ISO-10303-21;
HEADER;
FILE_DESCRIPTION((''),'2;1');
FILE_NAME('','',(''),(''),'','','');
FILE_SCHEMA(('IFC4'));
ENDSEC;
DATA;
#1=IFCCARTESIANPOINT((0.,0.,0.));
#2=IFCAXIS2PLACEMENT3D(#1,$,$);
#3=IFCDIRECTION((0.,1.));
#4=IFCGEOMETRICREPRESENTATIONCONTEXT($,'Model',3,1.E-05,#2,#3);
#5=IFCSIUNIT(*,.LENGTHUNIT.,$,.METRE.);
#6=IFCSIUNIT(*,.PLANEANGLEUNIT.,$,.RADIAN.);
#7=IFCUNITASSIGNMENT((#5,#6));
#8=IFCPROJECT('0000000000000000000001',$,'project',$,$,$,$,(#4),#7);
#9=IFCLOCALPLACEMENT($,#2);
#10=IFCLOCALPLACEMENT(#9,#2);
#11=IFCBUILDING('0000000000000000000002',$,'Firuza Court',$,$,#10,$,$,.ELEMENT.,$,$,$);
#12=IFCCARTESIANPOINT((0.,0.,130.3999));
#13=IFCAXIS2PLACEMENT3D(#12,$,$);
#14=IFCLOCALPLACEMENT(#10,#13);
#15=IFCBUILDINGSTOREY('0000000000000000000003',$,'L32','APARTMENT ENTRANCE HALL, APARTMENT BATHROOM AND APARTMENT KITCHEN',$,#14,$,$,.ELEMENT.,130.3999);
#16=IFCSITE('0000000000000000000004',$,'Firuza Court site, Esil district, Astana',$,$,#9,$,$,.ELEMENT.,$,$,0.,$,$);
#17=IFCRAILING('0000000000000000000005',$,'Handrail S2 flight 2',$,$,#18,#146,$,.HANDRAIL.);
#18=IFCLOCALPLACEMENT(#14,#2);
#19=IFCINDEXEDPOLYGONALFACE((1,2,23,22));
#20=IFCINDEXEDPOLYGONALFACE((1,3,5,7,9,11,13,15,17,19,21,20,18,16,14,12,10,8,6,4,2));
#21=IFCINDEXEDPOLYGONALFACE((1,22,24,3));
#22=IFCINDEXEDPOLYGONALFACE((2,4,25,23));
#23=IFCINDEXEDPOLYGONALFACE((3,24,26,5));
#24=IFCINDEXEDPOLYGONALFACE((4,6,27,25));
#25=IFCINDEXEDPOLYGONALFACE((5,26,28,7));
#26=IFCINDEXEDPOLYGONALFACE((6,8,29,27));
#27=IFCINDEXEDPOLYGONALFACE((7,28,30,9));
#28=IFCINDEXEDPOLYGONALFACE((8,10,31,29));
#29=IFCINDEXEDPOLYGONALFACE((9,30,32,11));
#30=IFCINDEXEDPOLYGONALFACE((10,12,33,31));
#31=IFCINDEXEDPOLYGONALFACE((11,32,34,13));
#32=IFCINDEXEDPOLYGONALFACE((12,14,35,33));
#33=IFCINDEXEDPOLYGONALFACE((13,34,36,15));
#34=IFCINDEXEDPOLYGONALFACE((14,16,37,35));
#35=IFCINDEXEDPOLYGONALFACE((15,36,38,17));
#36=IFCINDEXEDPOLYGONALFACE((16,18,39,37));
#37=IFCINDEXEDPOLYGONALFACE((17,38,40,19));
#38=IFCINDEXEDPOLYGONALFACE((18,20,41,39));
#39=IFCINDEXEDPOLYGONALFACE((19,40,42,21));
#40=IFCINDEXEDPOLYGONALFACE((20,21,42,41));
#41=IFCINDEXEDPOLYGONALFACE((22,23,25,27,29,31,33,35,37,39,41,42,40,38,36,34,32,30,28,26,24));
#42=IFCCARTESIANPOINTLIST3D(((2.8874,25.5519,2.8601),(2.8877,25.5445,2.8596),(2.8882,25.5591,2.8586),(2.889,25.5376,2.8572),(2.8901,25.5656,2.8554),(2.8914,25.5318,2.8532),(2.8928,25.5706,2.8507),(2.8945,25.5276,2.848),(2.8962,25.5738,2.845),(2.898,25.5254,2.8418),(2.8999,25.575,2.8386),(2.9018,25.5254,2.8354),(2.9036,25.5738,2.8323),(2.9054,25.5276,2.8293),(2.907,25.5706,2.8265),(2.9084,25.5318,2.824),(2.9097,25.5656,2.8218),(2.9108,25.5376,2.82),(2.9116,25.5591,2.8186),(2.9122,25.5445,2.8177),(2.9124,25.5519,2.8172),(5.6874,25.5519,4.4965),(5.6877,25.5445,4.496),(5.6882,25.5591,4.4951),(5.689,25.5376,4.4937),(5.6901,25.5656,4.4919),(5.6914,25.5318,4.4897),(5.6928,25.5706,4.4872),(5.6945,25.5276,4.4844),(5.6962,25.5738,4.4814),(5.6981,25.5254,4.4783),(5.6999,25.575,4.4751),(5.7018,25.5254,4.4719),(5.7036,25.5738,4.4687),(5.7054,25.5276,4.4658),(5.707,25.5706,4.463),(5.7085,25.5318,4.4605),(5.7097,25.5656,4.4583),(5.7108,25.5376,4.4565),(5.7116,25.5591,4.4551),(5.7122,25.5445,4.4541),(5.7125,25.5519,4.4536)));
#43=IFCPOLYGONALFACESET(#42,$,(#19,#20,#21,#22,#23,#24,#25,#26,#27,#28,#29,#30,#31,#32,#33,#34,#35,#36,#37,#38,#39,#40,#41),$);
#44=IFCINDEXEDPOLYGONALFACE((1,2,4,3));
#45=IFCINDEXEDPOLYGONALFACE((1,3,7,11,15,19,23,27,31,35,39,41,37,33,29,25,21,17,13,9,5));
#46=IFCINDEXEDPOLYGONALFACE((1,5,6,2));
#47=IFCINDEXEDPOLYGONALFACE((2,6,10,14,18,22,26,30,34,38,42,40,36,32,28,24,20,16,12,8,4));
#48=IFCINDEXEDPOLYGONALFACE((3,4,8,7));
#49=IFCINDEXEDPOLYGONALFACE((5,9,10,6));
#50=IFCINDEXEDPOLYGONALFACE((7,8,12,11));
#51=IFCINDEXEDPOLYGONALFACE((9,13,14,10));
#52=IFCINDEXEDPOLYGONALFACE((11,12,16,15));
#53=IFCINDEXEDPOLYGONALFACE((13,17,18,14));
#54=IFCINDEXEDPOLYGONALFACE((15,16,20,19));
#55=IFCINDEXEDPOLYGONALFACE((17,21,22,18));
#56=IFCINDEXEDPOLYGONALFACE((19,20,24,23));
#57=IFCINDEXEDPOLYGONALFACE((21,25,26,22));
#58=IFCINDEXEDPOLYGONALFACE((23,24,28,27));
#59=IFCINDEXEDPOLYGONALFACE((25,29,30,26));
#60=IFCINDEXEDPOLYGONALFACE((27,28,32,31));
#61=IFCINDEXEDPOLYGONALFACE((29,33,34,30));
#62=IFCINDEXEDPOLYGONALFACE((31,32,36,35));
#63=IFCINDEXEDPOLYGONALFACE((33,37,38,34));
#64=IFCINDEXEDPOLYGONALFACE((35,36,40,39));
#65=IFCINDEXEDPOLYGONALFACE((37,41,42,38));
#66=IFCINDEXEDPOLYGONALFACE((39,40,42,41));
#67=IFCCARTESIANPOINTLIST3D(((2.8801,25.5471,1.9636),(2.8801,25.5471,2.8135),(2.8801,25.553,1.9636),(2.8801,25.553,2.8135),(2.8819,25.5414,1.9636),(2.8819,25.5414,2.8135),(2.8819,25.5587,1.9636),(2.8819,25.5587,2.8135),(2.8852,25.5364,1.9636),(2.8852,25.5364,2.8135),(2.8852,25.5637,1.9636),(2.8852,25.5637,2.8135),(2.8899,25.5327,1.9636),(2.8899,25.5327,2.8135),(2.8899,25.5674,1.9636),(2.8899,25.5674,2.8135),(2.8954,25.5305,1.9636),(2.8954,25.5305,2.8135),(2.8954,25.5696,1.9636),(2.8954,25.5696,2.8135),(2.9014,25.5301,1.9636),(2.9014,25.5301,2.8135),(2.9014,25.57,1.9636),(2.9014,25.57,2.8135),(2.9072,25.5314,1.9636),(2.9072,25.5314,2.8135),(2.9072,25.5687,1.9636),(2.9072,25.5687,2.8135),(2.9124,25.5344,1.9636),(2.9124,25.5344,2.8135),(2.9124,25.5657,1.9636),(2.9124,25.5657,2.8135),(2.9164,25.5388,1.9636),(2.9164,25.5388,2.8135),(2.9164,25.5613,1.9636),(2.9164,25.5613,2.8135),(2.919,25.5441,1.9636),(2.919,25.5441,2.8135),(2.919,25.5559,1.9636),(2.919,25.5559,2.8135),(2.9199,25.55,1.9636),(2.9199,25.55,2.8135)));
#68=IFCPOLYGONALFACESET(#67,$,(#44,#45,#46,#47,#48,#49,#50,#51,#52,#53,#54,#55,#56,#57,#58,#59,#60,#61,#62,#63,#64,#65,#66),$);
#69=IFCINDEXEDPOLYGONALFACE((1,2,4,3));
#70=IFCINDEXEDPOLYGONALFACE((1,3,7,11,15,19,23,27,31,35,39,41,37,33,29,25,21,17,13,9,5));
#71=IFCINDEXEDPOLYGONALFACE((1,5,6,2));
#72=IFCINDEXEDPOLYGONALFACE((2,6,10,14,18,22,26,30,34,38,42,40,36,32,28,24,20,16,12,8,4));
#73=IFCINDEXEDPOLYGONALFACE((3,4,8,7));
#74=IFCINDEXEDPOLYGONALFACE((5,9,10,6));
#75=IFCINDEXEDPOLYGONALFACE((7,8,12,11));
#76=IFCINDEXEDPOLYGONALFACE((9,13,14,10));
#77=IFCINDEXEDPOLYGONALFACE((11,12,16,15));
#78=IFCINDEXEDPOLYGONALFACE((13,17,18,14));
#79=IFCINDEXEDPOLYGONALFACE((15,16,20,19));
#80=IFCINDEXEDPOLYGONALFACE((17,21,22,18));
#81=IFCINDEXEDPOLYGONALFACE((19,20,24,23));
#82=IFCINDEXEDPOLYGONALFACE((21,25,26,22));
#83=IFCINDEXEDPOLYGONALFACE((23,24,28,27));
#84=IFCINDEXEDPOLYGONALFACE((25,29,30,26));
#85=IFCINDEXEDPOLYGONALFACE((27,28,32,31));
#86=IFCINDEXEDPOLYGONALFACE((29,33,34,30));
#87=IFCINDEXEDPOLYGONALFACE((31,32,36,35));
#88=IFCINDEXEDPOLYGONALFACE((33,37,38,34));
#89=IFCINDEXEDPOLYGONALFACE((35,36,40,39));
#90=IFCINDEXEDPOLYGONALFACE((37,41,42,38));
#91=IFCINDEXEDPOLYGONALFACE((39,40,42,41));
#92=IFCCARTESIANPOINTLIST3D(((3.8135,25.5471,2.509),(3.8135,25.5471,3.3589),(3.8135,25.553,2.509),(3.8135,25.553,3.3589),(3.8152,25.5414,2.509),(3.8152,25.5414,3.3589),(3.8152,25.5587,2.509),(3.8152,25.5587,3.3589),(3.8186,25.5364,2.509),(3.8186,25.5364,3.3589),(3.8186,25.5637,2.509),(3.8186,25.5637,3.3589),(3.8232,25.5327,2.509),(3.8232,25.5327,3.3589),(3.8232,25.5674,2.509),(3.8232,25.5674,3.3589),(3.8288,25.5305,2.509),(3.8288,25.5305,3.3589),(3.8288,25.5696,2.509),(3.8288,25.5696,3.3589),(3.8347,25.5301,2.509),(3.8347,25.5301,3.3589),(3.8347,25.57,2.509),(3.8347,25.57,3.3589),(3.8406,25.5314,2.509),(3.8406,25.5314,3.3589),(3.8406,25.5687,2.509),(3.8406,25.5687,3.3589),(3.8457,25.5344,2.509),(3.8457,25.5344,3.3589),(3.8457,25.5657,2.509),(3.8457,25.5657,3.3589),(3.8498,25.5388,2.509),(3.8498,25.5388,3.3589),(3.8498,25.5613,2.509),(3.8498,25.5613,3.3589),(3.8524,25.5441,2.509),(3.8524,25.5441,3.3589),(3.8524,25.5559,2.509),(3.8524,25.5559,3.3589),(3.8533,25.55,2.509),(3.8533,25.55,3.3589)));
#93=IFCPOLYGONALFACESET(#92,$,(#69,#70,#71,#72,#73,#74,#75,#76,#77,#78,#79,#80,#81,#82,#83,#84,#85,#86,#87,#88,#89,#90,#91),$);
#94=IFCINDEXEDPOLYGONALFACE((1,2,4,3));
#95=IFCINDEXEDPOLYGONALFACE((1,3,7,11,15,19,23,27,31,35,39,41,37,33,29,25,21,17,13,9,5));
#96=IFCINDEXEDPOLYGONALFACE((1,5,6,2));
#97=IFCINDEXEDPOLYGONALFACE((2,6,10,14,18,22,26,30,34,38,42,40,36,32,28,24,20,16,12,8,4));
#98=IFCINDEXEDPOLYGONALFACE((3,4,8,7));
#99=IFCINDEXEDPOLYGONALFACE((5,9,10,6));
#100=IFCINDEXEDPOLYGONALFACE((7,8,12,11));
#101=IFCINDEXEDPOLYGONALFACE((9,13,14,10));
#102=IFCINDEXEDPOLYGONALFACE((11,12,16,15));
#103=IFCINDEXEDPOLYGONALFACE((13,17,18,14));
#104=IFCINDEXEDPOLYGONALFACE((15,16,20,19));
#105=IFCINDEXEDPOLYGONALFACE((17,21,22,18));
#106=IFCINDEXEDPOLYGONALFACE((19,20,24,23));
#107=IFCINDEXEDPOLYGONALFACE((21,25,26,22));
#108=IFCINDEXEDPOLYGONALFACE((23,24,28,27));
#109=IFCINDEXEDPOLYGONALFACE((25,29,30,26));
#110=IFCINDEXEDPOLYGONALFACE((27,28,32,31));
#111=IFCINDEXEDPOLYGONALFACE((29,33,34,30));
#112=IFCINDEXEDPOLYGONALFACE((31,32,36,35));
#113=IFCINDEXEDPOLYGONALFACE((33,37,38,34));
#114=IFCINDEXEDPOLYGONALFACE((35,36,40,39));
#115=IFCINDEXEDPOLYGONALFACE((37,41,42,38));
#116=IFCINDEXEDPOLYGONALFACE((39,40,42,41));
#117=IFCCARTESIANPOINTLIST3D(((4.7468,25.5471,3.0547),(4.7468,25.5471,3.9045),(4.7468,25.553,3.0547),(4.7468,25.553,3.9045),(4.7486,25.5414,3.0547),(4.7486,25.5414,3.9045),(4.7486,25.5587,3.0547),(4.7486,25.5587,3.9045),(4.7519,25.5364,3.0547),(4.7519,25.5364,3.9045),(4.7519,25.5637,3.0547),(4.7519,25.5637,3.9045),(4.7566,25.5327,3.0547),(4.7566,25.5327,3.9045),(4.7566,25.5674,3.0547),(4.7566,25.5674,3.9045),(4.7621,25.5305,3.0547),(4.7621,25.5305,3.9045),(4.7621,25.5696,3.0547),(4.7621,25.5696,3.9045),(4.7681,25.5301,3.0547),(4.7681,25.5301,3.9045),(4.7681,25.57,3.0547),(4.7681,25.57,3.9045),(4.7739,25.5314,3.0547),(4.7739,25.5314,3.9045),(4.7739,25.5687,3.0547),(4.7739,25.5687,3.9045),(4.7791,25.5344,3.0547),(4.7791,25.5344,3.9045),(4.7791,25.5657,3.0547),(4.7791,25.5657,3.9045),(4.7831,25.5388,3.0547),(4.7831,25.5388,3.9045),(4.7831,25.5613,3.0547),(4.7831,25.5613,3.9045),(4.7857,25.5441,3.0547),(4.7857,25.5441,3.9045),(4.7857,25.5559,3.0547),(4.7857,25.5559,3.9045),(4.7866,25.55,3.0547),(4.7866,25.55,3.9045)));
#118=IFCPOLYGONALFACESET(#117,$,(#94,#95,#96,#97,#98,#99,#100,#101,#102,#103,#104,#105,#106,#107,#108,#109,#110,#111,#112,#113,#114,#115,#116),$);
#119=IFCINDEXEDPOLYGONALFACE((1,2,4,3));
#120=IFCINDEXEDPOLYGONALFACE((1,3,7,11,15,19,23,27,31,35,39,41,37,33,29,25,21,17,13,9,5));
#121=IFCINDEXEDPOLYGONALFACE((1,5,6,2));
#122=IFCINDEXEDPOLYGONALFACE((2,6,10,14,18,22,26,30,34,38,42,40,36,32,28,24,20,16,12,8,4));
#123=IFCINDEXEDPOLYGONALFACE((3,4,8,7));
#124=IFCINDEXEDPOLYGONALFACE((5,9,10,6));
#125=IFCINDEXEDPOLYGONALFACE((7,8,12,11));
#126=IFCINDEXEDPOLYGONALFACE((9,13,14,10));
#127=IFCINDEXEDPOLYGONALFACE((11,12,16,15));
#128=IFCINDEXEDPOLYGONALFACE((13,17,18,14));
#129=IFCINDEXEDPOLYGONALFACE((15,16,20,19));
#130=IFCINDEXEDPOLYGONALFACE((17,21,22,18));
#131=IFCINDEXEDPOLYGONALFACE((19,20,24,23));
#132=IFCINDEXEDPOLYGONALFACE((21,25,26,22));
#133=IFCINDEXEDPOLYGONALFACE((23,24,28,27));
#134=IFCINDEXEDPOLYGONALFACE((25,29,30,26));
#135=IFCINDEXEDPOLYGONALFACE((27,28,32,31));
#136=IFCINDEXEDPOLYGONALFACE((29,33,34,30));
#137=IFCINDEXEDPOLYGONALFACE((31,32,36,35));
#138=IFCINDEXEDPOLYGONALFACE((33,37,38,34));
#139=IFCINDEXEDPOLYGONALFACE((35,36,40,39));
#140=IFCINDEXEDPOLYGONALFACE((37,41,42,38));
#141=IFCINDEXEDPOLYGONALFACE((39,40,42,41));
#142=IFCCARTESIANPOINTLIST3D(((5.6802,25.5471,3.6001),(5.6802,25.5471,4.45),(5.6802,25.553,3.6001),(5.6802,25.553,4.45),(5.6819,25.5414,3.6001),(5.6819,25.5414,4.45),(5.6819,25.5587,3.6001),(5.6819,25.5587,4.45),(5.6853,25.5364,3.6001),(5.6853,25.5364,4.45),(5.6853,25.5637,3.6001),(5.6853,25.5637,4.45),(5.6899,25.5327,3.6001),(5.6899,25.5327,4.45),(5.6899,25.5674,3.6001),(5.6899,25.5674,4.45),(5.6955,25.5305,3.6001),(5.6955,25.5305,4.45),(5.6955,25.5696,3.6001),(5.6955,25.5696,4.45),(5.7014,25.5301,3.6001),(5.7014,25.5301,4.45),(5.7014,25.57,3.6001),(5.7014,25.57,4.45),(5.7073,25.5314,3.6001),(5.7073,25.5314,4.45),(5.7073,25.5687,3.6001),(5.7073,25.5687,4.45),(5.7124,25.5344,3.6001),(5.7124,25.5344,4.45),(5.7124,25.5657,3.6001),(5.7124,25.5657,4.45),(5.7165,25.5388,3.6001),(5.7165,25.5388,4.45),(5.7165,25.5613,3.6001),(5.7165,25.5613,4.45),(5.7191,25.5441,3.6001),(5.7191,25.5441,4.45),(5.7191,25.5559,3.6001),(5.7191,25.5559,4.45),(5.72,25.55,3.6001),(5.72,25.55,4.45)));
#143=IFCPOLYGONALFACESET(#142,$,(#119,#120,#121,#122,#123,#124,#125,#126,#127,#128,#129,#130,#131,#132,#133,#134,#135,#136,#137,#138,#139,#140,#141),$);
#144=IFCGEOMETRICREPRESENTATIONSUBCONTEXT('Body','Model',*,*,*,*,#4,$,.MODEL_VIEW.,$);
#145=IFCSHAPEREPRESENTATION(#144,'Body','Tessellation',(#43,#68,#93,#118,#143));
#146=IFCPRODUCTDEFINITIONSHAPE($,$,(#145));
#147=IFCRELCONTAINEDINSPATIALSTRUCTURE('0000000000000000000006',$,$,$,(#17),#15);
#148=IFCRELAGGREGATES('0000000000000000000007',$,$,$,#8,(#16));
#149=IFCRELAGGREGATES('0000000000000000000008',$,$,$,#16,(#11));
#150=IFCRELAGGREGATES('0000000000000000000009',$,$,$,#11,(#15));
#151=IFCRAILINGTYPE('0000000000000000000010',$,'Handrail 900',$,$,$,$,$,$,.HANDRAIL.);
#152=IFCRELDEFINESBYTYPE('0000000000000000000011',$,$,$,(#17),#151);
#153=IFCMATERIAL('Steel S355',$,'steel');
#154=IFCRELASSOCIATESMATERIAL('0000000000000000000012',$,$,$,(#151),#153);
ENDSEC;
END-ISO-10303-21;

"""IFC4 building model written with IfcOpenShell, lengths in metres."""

from ifc_helpers import new_model, si_unit, direction, frame, origin, origin_2d, place, context, subcontext, project, spatial, circle, extrude, material, type_object, element, save


model = new_model("IFC4")

# Units and contexts
model_context = context("Model", 3, precision=1e-05, world=origin(), true_north=direction((0.0, 1.0)))
body_context = subcontext(model_context, "Body", "Model", "MODEL_VIEW")
ifc_project = project(units=[si_unit("LENGTHUNIT", "METRE"), si_unit("PLANEANGLEUNIT", "RADIAN")], contexts=[model_context])

# Site, building, storey
site_placement = place(None, origin())
site = spatial("IfcSite", under=ifc_project, at=site_placement, Name="Firuza Court site, Esil district, Astana", CompositionType="ELEMENT", RefElevation=0.0)
building_placement = place(site_placement, origin())
building = spatial("IfcBuilding", under=site, at=building_placement, Name="Firuza Court", CompositionType="ELEMENT")
storey_placement = place(building_placement, frame((0.0, 0.0, 130.3999)))
storey = spatial("IfcBuildingStorey", under=building, at=storey_placement, Name="L32", Description="APARTMENT ENTRANCE HALL, APARTMENT BATHROOM AND APARTMENT KITCHEN", CompositionType="ELEMENT", Elevation=130.3999)

# Railing
ifc_material_1 = material(Name="Steel S355", Category="steel")
railing_type_1 = type_object("IfcRailingType", Name="Handrail 900", PredefinedType="HANDRAIL", material=ifc_material_1)
railing_1_placement = place(storey_placement, frame((2.8999, 25.55, 1.9636)))
element("IfcRailing", 1, at=railing_1_placement, inside=storey, type_object=railing_type_1, Name="Handrail S2 flight 2", PredefinedType="HANDRAIL", context=body_context, shape_type="SweptSolid", body=[
    extrude(circle(Radius=0.0249, at=origin_2d()), frame((0.0, 0.0, 0.875), z_axis=(0.863361, 0.0, 0.504587), x_axis=(0.0, 1.0, 0.0)), (0.0, 0.0, 1.0), 3.2432),
    extrude(circle(Radius=0.02, at=origin_2d()), origin(), (0.0, 0.0, 1.0), 0.8499),
    extrude(circle(Radius=0.02, at=origin_2d()), frame((0.9333, 0.0, 0.5454)), (0.0, 0.0, 1.0), 0.8499),
    extrude(circle(Radius=0.02, at=origin_2d()), frame((1.8667, 0.0, 1.0911)), (0.0, 0.0, 1.0), 0.8499),
    extrude(circle(Radius=0.02, at=origin_2d()), frame((2.8, 0.0, 1.6365)), (0.0, 0.0, 1.0), 0.8499),
])

save(model, "model.ifc")
